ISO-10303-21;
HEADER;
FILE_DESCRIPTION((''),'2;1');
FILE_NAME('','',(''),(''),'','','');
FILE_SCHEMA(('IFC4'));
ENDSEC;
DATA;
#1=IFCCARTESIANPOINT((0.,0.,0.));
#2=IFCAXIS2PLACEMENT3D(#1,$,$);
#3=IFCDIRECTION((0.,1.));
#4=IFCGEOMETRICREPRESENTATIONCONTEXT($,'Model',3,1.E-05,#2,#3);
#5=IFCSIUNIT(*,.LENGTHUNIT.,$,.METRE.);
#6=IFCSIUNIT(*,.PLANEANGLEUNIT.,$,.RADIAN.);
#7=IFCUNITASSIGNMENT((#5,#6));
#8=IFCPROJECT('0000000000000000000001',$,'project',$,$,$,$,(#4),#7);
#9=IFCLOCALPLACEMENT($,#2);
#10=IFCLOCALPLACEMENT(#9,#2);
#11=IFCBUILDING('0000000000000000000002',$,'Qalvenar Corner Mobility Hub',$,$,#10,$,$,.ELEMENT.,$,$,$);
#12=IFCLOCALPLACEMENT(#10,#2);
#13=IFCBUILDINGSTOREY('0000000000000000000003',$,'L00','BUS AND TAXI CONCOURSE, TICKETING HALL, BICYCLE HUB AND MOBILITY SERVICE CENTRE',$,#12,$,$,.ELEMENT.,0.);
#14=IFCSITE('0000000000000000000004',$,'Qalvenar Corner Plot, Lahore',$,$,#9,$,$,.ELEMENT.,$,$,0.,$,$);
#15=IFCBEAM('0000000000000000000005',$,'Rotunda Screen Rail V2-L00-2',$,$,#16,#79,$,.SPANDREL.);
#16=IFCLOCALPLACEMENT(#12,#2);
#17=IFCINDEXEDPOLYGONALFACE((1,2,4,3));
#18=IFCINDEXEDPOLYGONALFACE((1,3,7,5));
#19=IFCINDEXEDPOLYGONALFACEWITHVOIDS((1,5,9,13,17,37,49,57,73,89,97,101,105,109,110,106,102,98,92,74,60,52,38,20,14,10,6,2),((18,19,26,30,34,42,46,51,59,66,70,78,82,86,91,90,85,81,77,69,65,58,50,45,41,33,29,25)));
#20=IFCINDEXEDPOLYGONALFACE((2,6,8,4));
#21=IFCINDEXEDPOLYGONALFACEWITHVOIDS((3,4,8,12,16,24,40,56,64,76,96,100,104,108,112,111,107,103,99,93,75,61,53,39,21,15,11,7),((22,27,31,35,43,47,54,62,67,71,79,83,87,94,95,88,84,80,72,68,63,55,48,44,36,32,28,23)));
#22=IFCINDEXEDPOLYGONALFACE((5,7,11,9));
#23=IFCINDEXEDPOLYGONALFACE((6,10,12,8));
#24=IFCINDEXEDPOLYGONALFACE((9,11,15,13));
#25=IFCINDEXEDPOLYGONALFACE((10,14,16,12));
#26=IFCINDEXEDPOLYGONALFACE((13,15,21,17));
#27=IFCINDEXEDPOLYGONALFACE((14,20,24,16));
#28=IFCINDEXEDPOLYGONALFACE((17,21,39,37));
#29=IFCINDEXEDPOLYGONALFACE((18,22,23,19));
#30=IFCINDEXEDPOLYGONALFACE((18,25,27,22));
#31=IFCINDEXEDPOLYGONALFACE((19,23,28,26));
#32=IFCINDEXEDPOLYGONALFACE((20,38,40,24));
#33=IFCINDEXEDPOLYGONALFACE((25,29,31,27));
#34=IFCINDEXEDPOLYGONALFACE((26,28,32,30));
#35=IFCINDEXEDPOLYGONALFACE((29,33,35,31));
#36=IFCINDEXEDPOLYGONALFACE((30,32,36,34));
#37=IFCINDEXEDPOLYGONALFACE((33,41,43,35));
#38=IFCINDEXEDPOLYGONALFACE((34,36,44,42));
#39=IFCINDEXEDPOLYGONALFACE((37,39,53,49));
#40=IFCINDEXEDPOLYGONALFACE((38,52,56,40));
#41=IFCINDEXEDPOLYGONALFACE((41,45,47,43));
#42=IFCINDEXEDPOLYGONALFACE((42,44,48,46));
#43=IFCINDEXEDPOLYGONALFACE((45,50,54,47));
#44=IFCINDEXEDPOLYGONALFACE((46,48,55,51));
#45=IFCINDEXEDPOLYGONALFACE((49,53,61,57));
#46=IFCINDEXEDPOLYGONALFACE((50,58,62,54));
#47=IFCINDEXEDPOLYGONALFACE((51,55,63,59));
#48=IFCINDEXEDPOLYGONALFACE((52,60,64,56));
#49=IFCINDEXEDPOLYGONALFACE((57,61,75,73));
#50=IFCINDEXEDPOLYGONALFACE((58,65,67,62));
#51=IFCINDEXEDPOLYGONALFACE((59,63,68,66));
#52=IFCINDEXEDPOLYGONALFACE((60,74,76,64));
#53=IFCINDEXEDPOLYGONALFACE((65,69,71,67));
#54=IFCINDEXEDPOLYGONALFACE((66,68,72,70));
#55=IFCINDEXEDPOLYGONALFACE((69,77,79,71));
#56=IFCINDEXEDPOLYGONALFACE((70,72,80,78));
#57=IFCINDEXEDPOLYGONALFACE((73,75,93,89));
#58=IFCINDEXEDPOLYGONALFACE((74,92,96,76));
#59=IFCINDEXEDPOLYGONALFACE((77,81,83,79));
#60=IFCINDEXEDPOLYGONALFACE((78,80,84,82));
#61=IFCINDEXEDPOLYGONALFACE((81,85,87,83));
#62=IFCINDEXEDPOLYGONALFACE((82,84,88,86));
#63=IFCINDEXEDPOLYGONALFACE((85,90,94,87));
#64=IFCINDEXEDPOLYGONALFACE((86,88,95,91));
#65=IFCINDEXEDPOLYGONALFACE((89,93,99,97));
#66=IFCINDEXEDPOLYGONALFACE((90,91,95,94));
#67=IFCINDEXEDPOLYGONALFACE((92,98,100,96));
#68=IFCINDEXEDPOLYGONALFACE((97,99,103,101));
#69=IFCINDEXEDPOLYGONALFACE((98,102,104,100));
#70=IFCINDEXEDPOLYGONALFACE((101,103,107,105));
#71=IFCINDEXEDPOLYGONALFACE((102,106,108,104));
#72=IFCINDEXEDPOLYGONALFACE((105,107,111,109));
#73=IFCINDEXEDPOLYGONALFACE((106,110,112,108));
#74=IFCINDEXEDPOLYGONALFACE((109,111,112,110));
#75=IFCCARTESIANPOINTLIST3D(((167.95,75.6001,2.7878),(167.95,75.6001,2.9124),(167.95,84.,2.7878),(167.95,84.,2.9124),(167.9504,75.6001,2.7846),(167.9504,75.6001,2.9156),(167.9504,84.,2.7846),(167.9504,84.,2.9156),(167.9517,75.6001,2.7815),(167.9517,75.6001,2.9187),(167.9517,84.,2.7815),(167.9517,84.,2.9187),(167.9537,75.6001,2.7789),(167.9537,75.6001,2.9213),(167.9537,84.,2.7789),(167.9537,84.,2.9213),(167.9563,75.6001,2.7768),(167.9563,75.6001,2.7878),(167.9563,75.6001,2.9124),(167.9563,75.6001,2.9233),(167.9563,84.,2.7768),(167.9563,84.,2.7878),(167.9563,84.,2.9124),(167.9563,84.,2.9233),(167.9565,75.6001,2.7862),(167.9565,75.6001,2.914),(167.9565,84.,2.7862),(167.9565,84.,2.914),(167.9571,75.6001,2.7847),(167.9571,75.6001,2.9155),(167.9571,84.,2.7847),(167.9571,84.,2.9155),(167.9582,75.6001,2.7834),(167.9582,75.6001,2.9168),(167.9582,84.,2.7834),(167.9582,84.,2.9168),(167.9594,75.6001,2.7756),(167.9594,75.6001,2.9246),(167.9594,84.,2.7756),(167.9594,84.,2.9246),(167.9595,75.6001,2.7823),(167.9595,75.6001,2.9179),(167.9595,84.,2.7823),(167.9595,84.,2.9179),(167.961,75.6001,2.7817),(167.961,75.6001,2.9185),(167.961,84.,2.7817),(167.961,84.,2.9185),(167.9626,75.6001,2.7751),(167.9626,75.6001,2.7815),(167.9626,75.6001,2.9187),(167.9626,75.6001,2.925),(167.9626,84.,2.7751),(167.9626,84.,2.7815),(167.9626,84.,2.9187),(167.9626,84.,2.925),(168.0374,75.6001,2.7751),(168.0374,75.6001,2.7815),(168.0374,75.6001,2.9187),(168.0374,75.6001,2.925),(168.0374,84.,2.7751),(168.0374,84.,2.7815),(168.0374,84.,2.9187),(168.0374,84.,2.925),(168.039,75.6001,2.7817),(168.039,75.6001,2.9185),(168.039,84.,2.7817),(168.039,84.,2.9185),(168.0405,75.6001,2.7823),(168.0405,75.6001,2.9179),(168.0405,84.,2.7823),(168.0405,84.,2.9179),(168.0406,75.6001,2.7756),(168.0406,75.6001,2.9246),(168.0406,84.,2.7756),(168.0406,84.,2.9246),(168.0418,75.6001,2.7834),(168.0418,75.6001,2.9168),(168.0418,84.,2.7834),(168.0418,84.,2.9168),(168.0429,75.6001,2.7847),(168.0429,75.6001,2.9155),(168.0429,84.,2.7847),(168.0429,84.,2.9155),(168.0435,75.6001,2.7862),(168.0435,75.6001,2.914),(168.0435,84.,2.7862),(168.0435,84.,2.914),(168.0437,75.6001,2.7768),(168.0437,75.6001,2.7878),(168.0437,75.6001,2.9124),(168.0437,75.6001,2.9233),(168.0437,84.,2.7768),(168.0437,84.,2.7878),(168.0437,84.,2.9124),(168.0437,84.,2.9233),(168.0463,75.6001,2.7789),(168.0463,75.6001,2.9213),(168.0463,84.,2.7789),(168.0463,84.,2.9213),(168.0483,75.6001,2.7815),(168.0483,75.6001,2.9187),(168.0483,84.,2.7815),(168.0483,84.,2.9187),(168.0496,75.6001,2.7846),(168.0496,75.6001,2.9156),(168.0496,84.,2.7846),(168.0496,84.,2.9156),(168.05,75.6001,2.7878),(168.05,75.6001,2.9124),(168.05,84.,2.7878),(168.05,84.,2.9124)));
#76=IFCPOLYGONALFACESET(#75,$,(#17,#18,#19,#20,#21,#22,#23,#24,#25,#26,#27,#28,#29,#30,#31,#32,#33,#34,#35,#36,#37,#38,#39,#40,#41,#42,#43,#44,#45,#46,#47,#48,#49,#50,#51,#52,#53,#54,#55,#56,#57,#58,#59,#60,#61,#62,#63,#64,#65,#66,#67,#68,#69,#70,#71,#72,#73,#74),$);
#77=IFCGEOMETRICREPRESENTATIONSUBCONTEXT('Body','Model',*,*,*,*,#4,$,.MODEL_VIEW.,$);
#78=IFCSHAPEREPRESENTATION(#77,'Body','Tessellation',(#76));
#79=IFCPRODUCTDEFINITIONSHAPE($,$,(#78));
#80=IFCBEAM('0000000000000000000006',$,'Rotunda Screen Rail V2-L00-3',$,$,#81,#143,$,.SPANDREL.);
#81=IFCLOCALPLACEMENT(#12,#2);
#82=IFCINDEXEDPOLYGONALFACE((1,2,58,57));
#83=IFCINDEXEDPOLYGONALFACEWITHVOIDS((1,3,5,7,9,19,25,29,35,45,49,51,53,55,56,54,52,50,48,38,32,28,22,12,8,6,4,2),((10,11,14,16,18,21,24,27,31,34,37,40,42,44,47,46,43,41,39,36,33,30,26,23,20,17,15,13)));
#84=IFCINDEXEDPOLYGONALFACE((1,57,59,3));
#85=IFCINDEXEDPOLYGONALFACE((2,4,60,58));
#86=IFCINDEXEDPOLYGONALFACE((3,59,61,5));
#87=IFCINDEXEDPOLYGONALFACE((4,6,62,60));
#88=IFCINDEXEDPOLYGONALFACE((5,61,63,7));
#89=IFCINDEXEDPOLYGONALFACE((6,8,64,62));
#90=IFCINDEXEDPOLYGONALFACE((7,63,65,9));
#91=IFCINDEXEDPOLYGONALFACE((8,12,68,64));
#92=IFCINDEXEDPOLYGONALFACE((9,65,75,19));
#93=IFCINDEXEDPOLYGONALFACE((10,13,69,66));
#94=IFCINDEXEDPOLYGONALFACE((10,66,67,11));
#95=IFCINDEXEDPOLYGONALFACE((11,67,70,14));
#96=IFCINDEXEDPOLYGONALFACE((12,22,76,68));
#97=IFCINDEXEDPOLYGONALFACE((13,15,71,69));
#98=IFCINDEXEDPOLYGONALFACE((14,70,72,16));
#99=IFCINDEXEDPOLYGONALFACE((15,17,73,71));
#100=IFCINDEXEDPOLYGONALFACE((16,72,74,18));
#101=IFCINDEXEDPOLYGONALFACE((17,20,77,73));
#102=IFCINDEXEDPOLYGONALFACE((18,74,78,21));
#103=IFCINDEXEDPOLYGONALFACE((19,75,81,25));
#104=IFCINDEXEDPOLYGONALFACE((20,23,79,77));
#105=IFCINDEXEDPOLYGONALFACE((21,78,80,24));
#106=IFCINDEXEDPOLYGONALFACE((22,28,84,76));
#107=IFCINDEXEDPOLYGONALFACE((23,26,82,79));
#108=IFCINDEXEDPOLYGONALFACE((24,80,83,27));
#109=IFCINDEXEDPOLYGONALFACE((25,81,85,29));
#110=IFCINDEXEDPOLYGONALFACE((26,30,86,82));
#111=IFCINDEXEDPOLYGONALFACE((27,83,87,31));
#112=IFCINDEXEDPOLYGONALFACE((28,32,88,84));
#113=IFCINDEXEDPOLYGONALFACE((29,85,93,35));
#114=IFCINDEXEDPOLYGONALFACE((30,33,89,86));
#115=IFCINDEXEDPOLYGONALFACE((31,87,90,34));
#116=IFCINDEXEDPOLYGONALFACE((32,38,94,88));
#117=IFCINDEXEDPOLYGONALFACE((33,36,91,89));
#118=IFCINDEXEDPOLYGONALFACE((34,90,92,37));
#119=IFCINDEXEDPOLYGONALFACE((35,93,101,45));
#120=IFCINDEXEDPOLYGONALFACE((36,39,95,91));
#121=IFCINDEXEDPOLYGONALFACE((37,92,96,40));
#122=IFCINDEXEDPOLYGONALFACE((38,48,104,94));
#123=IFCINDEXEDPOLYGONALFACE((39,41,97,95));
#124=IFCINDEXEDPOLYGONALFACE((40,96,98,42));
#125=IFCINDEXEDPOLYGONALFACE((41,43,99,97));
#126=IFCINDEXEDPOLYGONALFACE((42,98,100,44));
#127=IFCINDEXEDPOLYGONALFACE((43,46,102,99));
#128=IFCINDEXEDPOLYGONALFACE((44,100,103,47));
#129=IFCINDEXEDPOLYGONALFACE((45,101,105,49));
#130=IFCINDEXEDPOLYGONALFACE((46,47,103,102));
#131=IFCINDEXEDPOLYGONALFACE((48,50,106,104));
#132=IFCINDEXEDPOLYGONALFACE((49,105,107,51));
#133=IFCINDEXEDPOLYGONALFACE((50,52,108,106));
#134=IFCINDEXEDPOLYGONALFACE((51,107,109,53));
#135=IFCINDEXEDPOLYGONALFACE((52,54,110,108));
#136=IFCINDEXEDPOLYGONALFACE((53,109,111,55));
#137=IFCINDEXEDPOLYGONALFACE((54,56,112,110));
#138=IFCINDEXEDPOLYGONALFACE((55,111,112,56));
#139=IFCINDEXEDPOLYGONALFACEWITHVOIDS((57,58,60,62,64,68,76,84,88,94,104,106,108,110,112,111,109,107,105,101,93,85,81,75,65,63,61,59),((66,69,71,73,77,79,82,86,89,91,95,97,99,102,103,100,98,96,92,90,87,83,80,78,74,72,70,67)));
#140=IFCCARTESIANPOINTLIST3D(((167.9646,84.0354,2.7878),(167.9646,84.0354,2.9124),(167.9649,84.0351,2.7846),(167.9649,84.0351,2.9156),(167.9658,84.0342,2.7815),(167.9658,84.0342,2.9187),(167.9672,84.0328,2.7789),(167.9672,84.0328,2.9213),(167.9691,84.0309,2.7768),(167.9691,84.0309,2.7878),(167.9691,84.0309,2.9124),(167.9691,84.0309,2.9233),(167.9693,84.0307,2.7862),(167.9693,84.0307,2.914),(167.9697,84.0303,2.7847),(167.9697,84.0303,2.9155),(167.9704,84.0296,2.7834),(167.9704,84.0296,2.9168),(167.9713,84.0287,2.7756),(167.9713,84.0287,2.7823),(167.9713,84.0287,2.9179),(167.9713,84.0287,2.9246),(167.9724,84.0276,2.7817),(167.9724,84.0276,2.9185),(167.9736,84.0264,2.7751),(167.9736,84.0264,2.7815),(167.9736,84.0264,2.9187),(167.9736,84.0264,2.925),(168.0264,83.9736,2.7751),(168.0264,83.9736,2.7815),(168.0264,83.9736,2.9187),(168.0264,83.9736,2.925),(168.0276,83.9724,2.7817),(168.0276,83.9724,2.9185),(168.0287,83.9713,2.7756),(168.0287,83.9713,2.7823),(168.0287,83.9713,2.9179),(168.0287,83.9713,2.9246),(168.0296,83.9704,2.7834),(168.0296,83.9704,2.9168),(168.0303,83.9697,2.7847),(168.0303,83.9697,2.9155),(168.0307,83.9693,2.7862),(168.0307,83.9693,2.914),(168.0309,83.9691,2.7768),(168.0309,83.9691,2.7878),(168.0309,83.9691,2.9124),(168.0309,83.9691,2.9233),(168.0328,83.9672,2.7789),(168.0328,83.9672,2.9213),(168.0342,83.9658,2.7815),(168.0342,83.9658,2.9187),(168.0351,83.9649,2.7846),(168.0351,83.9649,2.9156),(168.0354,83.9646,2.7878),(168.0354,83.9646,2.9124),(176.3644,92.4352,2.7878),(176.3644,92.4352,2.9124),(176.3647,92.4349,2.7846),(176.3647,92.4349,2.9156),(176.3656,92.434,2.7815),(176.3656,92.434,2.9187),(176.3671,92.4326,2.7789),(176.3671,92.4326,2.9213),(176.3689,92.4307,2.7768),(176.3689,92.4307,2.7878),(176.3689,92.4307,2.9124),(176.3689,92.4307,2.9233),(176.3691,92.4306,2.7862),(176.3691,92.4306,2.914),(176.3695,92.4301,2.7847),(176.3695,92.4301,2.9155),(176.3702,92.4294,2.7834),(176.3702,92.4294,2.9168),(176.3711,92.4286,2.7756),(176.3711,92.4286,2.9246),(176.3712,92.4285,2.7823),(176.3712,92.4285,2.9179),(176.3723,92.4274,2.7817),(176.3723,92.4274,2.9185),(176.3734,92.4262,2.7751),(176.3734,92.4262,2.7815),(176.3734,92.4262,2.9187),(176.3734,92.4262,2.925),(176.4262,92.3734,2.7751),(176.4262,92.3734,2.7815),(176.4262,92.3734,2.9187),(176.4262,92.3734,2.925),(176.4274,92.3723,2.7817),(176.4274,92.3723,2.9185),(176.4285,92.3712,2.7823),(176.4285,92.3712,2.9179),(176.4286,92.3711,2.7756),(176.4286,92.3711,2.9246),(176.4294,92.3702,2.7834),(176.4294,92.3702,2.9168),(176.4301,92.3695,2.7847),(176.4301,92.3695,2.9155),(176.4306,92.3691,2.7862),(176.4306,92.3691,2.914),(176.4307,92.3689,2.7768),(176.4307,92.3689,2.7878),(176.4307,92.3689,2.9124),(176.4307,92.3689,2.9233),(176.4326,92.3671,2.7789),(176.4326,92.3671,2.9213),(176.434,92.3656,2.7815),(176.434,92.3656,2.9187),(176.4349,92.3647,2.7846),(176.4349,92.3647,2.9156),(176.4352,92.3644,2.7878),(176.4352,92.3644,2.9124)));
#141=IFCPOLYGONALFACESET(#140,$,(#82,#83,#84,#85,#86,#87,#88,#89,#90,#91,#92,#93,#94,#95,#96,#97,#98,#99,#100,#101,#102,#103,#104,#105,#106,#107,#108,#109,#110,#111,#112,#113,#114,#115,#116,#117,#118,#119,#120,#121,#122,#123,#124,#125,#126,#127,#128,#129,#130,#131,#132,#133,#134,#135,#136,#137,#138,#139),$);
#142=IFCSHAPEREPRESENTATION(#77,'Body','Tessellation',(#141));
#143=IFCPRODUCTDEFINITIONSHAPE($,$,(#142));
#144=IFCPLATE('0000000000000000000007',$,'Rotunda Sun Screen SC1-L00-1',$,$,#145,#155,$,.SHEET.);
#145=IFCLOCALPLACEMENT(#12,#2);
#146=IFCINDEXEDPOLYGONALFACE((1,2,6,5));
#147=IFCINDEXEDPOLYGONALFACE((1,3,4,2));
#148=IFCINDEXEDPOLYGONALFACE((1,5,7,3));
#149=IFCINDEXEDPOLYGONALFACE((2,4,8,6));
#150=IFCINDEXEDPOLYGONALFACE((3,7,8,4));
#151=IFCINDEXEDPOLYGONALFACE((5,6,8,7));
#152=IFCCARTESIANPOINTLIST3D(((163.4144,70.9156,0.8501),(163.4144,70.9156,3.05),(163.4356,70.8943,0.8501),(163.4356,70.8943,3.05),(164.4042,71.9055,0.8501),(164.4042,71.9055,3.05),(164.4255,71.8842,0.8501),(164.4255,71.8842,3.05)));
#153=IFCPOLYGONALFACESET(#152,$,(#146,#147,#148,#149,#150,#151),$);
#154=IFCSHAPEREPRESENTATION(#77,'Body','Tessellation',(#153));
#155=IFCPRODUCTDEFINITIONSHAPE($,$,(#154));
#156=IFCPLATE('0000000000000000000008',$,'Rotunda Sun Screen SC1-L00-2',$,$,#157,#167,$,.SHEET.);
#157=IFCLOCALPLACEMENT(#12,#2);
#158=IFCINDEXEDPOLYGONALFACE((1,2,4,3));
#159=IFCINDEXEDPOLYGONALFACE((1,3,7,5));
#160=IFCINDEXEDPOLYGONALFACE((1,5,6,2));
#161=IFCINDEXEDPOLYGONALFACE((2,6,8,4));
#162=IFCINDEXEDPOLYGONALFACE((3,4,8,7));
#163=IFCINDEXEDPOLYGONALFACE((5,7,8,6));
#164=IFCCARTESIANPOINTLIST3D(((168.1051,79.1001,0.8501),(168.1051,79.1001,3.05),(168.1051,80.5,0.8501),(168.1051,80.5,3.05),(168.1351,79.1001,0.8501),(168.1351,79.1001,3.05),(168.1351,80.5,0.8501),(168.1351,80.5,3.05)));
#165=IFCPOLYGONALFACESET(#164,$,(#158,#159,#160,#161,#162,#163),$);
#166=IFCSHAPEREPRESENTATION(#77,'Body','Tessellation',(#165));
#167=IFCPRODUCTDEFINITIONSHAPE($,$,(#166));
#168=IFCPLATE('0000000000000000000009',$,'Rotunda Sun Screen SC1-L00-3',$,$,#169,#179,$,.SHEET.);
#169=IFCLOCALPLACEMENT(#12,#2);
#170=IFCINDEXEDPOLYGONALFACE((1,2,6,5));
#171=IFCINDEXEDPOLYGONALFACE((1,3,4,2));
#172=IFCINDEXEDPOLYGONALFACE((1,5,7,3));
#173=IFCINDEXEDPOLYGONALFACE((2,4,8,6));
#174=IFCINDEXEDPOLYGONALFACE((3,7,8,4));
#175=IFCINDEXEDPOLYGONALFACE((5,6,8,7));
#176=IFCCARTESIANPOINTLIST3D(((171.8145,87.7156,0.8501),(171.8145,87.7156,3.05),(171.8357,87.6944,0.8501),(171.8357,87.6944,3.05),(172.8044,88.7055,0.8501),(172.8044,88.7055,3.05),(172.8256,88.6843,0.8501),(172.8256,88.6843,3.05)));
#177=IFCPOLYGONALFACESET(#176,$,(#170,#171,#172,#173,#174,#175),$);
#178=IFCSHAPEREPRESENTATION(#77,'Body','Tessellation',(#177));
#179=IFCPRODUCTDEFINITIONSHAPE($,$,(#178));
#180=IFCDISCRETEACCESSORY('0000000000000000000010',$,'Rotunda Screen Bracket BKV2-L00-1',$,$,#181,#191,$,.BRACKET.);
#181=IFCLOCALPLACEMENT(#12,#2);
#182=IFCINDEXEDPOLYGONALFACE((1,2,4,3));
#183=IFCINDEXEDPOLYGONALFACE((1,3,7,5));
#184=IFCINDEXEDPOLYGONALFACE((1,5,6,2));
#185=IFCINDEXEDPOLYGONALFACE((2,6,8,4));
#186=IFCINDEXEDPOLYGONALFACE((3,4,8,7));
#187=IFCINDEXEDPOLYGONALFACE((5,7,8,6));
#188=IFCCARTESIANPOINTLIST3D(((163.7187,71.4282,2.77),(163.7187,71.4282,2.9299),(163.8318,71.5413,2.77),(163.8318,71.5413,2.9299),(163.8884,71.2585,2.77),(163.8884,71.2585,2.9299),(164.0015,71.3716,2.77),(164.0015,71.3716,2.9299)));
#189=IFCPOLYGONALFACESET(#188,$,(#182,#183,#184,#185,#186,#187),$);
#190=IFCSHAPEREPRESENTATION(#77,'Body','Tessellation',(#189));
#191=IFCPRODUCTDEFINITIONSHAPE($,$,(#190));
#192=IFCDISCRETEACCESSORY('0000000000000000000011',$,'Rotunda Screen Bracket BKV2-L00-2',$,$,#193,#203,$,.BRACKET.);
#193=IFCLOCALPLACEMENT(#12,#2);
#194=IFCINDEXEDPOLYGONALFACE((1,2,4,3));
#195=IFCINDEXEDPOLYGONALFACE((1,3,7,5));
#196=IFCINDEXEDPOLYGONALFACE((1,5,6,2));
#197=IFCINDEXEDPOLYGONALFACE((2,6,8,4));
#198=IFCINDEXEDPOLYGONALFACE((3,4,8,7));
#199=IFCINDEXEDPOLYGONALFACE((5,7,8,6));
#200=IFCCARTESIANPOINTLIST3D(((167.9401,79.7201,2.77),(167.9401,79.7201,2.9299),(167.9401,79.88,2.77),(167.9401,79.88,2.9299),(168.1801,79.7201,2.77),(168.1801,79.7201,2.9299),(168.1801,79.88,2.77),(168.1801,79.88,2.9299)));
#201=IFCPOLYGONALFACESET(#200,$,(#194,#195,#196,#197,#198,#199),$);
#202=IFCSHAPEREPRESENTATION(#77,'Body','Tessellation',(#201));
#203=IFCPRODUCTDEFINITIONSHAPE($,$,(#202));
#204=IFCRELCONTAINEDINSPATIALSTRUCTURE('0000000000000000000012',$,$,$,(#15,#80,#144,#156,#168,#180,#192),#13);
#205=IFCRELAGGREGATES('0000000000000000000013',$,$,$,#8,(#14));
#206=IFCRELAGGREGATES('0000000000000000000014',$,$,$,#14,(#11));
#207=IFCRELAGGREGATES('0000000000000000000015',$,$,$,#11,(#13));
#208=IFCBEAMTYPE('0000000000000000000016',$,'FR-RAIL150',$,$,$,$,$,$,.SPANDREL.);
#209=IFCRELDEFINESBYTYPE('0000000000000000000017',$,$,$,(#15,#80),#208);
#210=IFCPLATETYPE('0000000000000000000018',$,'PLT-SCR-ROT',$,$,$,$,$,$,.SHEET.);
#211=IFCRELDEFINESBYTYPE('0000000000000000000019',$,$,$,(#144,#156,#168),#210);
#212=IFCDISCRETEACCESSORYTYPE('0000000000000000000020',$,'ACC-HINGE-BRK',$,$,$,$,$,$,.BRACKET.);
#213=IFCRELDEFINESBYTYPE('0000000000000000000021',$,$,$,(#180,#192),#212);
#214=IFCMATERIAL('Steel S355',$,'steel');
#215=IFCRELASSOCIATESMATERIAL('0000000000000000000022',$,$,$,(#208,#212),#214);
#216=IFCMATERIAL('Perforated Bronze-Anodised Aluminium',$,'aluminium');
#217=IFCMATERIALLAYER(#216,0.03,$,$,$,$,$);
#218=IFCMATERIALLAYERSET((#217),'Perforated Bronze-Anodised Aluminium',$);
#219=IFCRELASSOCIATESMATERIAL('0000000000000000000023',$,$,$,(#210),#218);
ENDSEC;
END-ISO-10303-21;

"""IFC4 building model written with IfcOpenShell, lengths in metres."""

from ifc_helpers import new_model, si_unit, direction, frame, origin, origin_2d, place, context, subcontext, project, spatial, rectangle, hollow_rectangle, extrude, material, layer, layer_set, material_profile, profile_set, type_object, element, save


model = new_model("IFC4")

# Units and contexts
model_context = context("Model", 3, precision=1e-05, world=origin(), true_north=direction((0.0, 1.0)))
body_context = subcontext(model_context, "Body", "Model", "MODEL_VIEW")
ifc_project = project(units=[si_unit("LENGTHUNIT", "METRE"), si_unit("PLANEANGLEUNIT", "RADIAN")], contexts=[model_context])

# Site, building, storey
site_placement = place(None, origin())
site = spatial("IfcSite", under=ifc_project, at=site_placement, Name="Qalvenar Corner Plot, Lahore", CompositionType="ELEMENT", RefElevation=0.0)
building_placement = place(site_placement, origin())
building = spatial("IfcBuilding", under=site, at=building_placement, Name="Qalvenar Corner Mobility Hub", CompositionType="ELEMENT")
storey_placement = place(building_placement, origin())
storey = spatial("IfcBuildingStorey", under=building, at=storey_placement, Name="L00", Description="BUS AND TAXI CONCOURSE, TICKETING HALL, BICYCLE HUB AND MOBILITY SERVICE CENTRE", CompositionType="ELEMENT", Elevation=0.0)

# Shared definitions
ifc_material_1 = material(Name="Steel S355", Category="steel")

# Beams
ifc_material_profile_1 = material_profile(ifc_material_1, hollow_rectangle(XDim=0.1001, YDim=0.1499, WallThickness=0.0063, InnerFilletRadius=0.0063, OuterFilletRadius=0.0127, at=origin_2d()), Name="RHS150x100x6.3")
ifc_profile_set_1 = profile_set([ifc_material_profile_1], Name="Steel S355")
beam_type_1 = type_object("IfcBeamType", Name="FR-RAIL150", PredefinedType="SPANDREL", material=ifc_profile_set_1)
beam_1_placement = place(storey_placement, frame((168.0, 75.6001, 2.8501), z_axis=(0.0, 1.0, 0.0), x_axis=(-1.0, 0.0, 0.0)))
element("IfcBeam", 1, at=beam_1_placement, inside=storey, type_object=beam_type_1, Name="Rotunda Screen Rail V2-L00-2", PredefinedType="SPANDREL", context=body_context, shape_type="SweptSolid", body=[
    extrude(hollow_rectangle(XDim=0.1001, YDim=0.1499, WallThickness=0.0063, InnerFilletRadius=0.0063, OuterFilletRadius=0.0127, at=origin_2d()), origin(), (0.0, 0.0, 1.0), 8.3999),
])
beam_2_placement = place(storey_placement, frame((168.0, 84.0, 2.8501), z_axis=(0.707107, 0.707107, 0.0), x_axis=(-0.707107, 0.707107, 0.0)))
element("IfcBeam", 2, at=beam_2_placement, inside=storey, type_object=beam_type_1, Name="Rotunda Screen Rail V2-L00-3", PredefinedType="SPANDREL", context=body_context, shape_type="SweptSolid", body=[
    extrude(hollow_rectangle(XDim=0.1001, YDim=0.1499, WallThickness=0.0063, InnerFilletRadius=0.0063, OuterFilletRadius=0.0127, at=origin_2d()), origin(), (0.0, 0.0, 1.0), 11.8792),
])

# Plates
ifc_material_2 = material(Name="Perforated Bronze-Anodised Aluminium", Category="aluminium")
ifc_layer = layer(ifc_material_2, 0.03)
ifc_layer_set = layer_set([ifc_layer], Name="Perforated Bronze-Anodised Aluminium")
plate_type = type_object("IfcPlateType", Name="PLT-SCR-ROT", PredefinedType="SHEET", material=ifc_layer_set)
for number, where, z_axis, x_axis, name in (
    (3, (163.9199, 71.3999, 0.8501), (0.0, 0.0, 1.0), (0.707107, 0.707107, 0.0), "Rotunda Sun Screen SC1-L00-1"),
    (4, (168.1201, 79.8, 0.8501), (0.0, 0.0, 1.0), (0.0, 1.0, 0.0), "Rotunda Sun Screen SC1-L00-2"),
    (5, (172.3201, 88.2, 0.8501), (0.0, 0.0, 1.0), (0.707107, 0.707107, 0.0), "Rotunda Sun Screen SC1-L00-3"),
):
    element("IfcPlate", number, at=place(storey_placement, frame(where, z_axis=z_axis, x_axis=x_axis)), inside=storey, type_object=plate_type, Name=name, PredefinedType="SHEET", context=body_context, shape_type="SweptSolid", body=[
        extrude(rectangle(XDim=1.3999, YDim=0.03, at=origin_2d()), origin(), (0.0, 0.0, 1.0), 2.2),
    ])

# Discrete accessories
discrete_accessory_type = type_object("IfcDiscreteAccessoryType", Name="ACC-HINGE-BRK", PredefinedType="BRACKET", material=ifc_material_1)
for number, where, z_axis, x_axis, name in (
    (6, (163.8601, 71.3999, 2.77), (0.0, 0.0, 1.0), (0.707107, 0.707107, 0.0), "Rotunda Screen Bracket BKV2-L00-1"),
    (7, (168.0601, 79.8, 2.77), (0.0, 0.0, 1.0), (0.0, 1.0, 0.0), "Rotunda Screen Bracket BKV2-L00-2"),
):
    element("IfcDiscreteAccessory", number, at=place(storey_placement, frame(where, z_axis=z_axis, x_axis=x_axis)), inside=storey, type_object=discrete_accessory_type, Name=name, PredefinedType="BRACKET", context=body_context, shape_type="SweptSolid", body=[
        extrude(rectangle(XDim=0.1599, YDim=0.24, at=origin_2d()), origin(), (0.0, 0.0, 1.0), 0.1599),
    ])

save(model, "model.ifc")
